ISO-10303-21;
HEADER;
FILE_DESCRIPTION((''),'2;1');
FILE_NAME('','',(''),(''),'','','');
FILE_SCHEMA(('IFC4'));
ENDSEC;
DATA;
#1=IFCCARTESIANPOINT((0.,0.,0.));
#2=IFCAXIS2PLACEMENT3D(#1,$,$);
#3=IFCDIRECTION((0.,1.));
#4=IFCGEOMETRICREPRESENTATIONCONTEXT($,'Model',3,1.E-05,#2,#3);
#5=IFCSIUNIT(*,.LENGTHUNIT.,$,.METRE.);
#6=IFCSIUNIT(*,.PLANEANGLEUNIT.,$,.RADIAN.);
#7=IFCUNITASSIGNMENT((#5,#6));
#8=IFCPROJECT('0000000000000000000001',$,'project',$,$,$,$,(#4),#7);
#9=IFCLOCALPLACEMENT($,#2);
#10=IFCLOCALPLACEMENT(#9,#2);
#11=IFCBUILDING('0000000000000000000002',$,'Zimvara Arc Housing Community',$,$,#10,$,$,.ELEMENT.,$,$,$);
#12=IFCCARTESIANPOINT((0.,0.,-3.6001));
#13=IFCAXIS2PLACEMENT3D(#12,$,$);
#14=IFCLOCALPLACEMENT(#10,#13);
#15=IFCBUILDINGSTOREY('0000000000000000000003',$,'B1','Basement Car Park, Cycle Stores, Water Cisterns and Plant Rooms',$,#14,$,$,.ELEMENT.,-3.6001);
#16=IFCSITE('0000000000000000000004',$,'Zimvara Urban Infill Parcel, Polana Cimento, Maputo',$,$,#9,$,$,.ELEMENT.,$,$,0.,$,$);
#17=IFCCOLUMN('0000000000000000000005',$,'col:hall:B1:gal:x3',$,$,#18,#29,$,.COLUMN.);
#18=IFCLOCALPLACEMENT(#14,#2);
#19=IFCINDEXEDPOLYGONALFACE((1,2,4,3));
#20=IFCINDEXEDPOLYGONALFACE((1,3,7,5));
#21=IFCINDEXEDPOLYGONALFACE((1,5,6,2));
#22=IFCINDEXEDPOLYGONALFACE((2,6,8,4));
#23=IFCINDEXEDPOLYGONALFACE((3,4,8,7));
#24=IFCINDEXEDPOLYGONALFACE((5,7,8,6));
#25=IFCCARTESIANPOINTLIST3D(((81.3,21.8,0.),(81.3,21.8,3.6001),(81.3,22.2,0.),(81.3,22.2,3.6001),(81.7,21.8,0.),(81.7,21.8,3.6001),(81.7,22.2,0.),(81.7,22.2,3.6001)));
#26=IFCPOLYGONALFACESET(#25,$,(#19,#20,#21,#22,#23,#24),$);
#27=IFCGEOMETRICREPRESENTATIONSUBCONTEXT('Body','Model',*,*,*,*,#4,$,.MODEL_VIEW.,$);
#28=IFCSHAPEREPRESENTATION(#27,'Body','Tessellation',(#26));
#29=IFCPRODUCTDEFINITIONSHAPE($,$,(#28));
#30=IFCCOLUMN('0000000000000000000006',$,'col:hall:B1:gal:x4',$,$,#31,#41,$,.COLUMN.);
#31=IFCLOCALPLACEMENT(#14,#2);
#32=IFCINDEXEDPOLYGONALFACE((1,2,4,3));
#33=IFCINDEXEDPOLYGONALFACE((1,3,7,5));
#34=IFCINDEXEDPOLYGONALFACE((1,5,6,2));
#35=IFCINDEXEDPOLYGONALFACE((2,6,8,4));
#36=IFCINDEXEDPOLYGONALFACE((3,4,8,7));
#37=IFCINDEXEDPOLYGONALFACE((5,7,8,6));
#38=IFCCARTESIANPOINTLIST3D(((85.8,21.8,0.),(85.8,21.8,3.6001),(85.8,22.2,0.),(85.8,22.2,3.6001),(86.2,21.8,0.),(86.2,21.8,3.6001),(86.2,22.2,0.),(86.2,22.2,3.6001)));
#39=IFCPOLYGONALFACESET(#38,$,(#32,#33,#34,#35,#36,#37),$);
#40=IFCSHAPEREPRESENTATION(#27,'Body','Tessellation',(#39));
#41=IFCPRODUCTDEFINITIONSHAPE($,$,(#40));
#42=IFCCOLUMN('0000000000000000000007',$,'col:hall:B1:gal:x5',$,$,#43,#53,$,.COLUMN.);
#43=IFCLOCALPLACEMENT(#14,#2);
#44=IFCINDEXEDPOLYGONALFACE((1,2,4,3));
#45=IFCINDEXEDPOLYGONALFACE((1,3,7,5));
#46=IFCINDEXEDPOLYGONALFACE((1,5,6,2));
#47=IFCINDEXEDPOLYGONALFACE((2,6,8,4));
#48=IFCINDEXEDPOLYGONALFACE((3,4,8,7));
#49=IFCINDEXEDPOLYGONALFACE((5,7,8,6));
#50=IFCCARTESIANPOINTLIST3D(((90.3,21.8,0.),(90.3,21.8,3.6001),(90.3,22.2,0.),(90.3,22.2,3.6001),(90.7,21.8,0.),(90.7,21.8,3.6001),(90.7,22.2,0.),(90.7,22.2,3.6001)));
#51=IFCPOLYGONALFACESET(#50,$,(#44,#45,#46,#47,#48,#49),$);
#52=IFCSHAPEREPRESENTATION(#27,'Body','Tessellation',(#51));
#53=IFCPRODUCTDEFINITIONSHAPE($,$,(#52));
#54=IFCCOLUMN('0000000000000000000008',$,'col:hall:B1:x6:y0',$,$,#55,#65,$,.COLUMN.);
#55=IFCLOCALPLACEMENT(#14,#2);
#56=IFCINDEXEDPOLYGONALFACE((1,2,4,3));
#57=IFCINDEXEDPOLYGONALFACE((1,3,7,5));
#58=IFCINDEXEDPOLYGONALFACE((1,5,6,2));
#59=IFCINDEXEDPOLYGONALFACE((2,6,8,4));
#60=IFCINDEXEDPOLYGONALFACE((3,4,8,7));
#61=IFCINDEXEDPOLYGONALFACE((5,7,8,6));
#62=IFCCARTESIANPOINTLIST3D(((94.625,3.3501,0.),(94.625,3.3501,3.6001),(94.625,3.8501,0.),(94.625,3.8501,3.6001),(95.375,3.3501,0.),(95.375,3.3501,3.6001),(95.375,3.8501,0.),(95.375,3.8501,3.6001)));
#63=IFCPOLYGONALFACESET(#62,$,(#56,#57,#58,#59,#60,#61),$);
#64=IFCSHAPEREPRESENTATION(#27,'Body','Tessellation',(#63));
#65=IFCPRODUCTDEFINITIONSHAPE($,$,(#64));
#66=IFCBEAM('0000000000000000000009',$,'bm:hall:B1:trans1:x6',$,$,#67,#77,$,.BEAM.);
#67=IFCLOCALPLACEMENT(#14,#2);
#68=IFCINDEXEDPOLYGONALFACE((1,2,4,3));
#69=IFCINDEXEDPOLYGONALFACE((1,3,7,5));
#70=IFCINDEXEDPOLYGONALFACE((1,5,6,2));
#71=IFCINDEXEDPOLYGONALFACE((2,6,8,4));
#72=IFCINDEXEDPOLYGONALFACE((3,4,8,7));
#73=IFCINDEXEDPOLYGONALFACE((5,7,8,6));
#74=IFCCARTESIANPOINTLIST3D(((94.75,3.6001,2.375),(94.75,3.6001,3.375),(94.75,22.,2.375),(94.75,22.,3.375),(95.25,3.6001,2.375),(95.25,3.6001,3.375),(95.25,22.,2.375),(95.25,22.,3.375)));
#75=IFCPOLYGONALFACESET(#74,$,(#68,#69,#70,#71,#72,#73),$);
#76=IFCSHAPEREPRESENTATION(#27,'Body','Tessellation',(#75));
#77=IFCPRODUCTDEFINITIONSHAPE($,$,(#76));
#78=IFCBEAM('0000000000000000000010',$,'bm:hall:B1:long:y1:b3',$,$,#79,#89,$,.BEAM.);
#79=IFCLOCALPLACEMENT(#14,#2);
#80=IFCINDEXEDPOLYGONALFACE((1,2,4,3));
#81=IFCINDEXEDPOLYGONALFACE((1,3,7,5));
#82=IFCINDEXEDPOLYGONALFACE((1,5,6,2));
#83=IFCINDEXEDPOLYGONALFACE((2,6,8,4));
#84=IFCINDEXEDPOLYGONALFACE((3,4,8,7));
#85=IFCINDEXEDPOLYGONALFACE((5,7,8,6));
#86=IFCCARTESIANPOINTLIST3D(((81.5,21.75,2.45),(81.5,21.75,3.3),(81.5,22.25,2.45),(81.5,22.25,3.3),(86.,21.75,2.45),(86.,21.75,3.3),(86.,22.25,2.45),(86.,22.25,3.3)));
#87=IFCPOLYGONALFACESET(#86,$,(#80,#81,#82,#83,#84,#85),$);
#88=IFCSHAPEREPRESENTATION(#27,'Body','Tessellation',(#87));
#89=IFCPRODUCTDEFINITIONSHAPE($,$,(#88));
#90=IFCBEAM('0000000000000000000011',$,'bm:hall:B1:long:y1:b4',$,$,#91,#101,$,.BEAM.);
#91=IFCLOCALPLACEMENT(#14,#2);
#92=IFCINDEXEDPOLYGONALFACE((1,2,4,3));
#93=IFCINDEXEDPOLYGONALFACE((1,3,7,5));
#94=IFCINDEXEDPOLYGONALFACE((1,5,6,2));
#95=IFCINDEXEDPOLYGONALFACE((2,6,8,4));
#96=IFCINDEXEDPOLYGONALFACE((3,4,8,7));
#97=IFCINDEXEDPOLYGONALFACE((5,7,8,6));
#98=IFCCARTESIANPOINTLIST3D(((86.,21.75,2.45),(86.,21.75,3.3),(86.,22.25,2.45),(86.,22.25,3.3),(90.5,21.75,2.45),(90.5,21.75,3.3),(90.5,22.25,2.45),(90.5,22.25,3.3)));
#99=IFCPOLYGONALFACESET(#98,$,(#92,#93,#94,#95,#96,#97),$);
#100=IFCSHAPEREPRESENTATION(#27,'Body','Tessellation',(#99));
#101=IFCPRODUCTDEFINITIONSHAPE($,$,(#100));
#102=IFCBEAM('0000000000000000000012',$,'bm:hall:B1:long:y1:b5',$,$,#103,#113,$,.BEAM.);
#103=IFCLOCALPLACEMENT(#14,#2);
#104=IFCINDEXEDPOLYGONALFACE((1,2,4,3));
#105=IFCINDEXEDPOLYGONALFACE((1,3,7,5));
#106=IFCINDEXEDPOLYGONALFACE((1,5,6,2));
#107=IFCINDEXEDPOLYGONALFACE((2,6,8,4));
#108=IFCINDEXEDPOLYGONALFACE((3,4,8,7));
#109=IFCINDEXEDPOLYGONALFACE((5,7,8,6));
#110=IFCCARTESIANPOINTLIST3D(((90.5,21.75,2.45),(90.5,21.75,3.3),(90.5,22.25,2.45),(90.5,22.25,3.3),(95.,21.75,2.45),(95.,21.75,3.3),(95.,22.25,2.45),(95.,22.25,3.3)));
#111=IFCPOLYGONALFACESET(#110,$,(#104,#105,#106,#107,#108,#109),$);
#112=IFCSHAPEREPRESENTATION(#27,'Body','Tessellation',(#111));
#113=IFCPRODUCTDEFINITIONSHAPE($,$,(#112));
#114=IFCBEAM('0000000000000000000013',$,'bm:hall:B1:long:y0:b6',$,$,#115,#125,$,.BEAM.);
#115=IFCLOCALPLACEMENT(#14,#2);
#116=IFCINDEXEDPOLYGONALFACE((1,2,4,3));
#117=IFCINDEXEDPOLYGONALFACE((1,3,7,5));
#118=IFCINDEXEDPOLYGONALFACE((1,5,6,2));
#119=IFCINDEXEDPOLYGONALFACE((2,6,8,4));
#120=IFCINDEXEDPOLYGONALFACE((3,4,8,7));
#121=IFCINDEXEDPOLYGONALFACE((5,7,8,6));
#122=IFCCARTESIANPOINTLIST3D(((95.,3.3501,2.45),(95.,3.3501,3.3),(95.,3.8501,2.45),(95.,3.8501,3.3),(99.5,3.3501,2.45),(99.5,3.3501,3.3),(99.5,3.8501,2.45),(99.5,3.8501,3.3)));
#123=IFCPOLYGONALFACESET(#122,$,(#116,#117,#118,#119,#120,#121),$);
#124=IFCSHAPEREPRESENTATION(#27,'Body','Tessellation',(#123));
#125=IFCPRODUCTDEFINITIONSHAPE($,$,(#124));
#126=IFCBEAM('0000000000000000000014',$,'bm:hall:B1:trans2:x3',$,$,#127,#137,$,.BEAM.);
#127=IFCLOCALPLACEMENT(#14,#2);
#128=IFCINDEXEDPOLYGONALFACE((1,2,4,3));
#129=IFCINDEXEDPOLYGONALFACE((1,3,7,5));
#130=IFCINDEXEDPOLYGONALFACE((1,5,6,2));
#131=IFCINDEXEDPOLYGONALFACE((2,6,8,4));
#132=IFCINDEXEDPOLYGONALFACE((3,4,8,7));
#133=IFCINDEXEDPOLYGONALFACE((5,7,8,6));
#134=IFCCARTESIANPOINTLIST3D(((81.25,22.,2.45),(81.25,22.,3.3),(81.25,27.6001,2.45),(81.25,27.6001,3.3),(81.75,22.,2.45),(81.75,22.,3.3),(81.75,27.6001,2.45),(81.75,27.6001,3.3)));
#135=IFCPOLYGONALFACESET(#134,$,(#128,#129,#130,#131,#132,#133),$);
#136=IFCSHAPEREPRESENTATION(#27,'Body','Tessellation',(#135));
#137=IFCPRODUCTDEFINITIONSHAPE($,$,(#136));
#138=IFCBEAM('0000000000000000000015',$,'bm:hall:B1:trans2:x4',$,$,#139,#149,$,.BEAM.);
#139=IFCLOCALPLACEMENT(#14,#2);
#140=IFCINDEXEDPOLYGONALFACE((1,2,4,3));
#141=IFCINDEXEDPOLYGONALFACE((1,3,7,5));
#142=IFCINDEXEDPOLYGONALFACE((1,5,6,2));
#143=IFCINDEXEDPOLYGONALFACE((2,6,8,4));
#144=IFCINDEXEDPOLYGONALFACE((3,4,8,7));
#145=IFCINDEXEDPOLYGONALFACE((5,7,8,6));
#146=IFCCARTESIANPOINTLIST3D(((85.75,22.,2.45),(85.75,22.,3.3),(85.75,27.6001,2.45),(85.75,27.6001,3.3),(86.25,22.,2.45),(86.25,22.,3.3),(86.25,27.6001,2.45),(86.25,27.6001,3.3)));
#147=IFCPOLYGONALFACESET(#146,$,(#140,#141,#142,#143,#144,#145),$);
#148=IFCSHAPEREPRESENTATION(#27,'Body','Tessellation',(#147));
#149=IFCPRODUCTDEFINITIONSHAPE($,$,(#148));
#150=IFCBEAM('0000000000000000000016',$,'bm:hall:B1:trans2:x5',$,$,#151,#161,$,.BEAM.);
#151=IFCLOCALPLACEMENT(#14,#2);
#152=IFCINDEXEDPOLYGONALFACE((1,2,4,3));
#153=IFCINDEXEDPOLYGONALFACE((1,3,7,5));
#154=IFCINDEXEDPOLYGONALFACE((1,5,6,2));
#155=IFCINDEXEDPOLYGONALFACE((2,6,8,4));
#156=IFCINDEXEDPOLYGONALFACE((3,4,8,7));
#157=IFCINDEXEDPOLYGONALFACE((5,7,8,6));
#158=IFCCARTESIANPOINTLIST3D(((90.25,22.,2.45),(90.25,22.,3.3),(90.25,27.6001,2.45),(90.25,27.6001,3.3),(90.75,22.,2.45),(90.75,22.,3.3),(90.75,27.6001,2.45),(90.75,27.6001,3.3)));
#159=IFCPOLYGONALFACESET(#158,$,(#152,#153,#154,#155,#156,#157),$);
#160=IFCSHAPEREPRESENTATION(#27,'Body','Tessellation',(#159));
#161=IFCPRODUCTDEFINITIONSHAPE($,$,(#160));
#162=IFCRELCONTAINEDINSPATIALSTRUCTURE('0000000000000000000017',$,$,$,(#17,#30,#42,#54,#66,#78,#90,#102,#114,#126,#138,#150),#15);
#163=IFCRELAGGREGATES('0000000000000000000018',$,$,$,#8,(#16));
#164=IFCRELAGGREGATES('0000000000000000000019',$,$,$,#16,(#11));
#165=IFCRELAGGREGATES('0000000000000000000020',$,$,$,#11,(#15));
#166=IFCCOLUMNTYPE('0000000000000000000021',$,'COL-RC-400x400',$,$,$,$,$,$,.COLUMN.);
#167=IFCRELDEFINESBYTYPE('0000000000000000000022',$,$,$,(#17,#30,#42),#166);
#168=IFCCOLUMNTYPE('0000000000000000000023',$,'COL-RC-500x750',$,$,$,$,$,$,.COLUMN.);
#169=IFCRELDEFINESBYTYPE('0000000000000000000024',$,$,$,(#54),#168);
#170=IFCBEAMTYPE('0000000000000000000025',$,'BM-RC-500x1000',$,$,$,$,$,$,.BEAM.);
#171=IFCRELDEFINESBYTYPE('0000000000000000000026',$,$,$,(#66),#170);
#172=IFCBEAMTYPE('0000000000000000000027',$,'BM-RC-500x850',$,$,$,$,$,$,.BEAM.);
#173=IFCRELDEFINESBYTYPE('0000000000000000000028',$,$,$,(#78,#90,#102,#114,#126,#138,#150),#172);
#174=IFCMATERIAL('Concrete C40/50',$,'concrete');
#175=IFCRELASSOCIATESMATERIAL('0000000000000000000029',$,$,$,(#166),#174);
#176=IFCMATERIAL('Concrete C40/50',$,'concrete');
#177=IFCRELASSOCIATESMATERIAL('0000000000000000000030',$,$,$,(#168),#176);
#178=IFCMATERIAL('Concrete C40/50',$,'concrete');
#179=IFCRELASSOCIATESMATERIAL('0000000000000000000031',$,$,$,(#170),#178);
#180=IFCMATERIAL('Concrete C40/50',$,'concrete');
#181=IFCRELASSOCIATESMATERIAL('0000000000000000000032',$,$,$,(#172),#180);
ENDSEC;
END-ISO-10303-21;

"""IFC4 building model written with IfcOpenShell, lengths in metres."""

from ifc_helpers import new_model, si_unit, direction, frame, origin, origin_2d, place, context, subcontext, project, spatial, rectangle, extrude, material, material_profile, profile_set, type_object, element, save


model = new_model("IFC4")

# Units and contexts
model_context = context("Model", 3, precision=1e-05, world=origin(), true_north=direction((0.0, 1.0)))
body_context = subcontext(model_context, "Body", "Model", "MODEL_VIEW")
ifc_project = project(units=[si_unit("LENGTHUNIT", "METRE"), si_unit("PLANEANGLEUNIT", "RADIAN")], contexts=[model_context])

# Site, building, storey
site_placement = place(None, origin())
site = spatial("IfcSite", under=ifc_project, at=site_placement, Name="Zimvara Urban Infill Parcel, Polana Cimento, Maputo", CompositionType="ELEMENT", RefElevation=0.0)
building_placement = place(site_placement, origin())
building = spatial("IfcBuilding", under=site, at=building_placement, Name="Zimvara Arc Housing Community", CompositionType="ELEMENT")
storey_placement = place(building_placement, frame((0.0, 0.0, -3.6001)))
storey = spatial("IfcBuildingStorey", under=building, at=storey_placement, Name="B1", Description="Basement Car Park, Cycle Stores, Water Cisterns and Plant Rooms", CompositionType="ELEMENT", Elevation=-3.6001)

# Columns
ifc_material_1 = material(Name="Concrete C40/50", Category="concrete")
ifc_material_profile_1 = material_profile(ifc_material_1, rectangle(XDim=0.3999, YDim=0.3999, at=origin_2d()), Name="RC 400x400")
ifc_profile_set_1 = profile_set([ifc_material_profile_1], Name="Concrete C40/50")
column_type_1 = type_object("IfcColumnType", Name="COL-RC-400x400", PredefinedType="COLUMN", material=ifc_profile_set_1)
for number, where, z_axis, x_axis, name in (
    (1, (81.5, 22.0, 0.0), (0.0, 0.0, 1.0), (1.0, 0.0, 0.0), "col:hall:B1:gal:x3"),
    (2, (86.0, 22.0, 0.0), (0.0, 0.0, 1.0), (1.0, 0.0, 0.0), "col:hall:B1:gal:x4"),
    (3, (90.5, 22.0, 0.0), (0.0, 0.0, 1.0), (1.0, 0.0, 0.0), "col:hall:B1:gal:x5"),
):
    element("IfcColumn", number, at=place(storey_placement, frame(where, z_axis=z_axis, x_axis=x_axis)), inside=storey, type_object=column_type_1, Name=name, PredefinedType="COLUMN", context=body_context, shape_type="SweptSolid", body=[
        extrude(rectangle(XDim=0.3999, YDim=0.3999, at=origin_2d()), origin(), (0.0, 0.0, 1.0), 3.6001),
    ])
ifc_material_2 = material(Name="Concrete C40/50", Category="concrete")
ifc_material_profile_2 = material_profile(ifc_material_2, rectangle(XDim=0.5, YDim=0.75, at=origin_2d()), Name="RC 500x750")
ifc_profile_set_2 = profile_set([ifc_material_profile_2], Name="Concrete C40/50")
column_type_2 = type_object("IfcColumnType", Name="COL-RC-500x750", PredefinedType="COLUMN", material=ifc_profile_set_2)
column_placement = place(storey_placement, frame((95.0, 3.6001, 0.0), z_axis=(0.0, 0.0, 1.0), x_axis=(0.0, 1.0, 0.0)))
element("IfcColumn", 4, at=column_placement, inside=storey, type_object=column_type_2, Name="col:hall:B1:x6:y0", PredefinedType="COLUMN", context=body_context, shape_type="SweptSolid", body=[
    extrude(rectangle(XDim=0.5, YDim=0.75, at=origin_2d()), origin(), (0.0, 0.0, 1.0), 3.6001),
])

# Beams
ifc_material_3 = material(Name="Concrete C40/50", Category="concrete")
ifc_material_profile_3 = material_profile(ifc_material_3, rectangle(XDim=0.5, YDim=1.0, at=origin_2d()), Name="RC 500x1000")
ifc_profile_set_3 = profile_set([ifc_material_profile_3], Name="Concrete C40/50")
beam_type_1 = type_object("IfcBeamType", Name="BM-RC-500x1000", PredefinedType="BEAM", material=ifc_profile_set_3)
beam_placement = place(storey_placement, frame((95.0, 3.6001, 2.875), z_axis=(0.0, 1.0, 0.0), x_axis=(-1.0, 0.0, 0.0)))
element("IfcBeam", 5, at=beam_placement, inside=storey, type_object=beam_type_1, Name="bm:hall:B1:trans1:x6", PredefinedType="BEAM", context=body_context, shape_type="SweptSolid", body=[
    extrude(rectangle(XDim=0.5, YDim=1.0, at=origin_2d()), origin(), (0.0, 0.0, 1.0), 18.3999),
])
ifc_material_4 = material(Name="Concrete C40/50", Category="concrete")
ifc_material_profile_4 = material_profile(ifc_material_4, rectangle(XDim=0.5, YDim=0.8501, at=origin_2d()), Name="RC 500x850")
ifc_profile_set_4 = profile_set([ifc_material_profile_4], Name="Concrete C40/50")
beam_type_2 = type_object("IfcBeamType", Name="BM-RC-500x850", PredefinedType="BEAM", material=ifc_profile_set_4)
for number, where, z_axis, x_axis, name in (
    (6, (81.5, 22.0, 2.875), (1.0, 0.0, 0.0), (0.0, 1.0, 0.0), "bm:hall:B1:long:y1:b3"),
    (7, (86.0, 22.0, 2.875), (1.0, 0.0, 0.0), (0.0, 1.0, 0.0), "bm:hall:B1:long:y1:b4"),
    (8, (90.5, 22.0, 2.875), (1.0, 0.0, 0.0), (0.0, 1.0, 0.0), "bm:hall:B1:long:y1:b5"),
    (9, (95.0, 3.6001, 2.875), (1.0, 0.0, 0.0), (0.0, 1.0, 0.0), "bm:hall:B1:long:y0:b6"),
):
    element("IfcBeam", number, at=place(storey_placement, frame(where, z_axis=z_axis, x_axis=x_axis)), inside=storey, type_object=beam_type_2, Name=name, PredefinedType="BEAM", context=body_context, shape_type="SweptSolid", body=[
        extrude(rectangle(XDim=0.5, YDim=0.8501, at=origin_2d()), origin(), (0.0, 0.0, 1.0), 4.5),
    ])
for number, where, z_axis, x_axis, name in (
    (10, (81.5, 22.0, 2.875), (0.0, 1.0, 0.0), (-1.0, 0.0, 0.0), "bm:hall:B1:trans2:x3"),
    (11, (86.0, 22.0, 2.875), (0.0, 1.0, 0.0), (-1.0, 0.0, 0.0), "bm:hall:B1:trans2:x4"),
    (12, (90.5, 22.0, 2.875), (0.0, 1.0, 0.0), (-1.0, 0.0, 0.0), "bm:hall:B1:trans2:x5"),
):
    element("IfcBeam", number, at=place(storey_placement, frame(where, z_axis=z_axis, x_axis=x_axis)), inside=storey, type_object=beam_type_2, Name=name, PredefinedType="BEAM", context=body_context, shape_type="SweptSolid", body=[
        extrude(rectangle(XDim=0.5, YDim=0.8501, at=origin_2d()), origin(), (0.0, 0.0, 1.0), 5.6001),
    ])

save(model, "model.ifc")
